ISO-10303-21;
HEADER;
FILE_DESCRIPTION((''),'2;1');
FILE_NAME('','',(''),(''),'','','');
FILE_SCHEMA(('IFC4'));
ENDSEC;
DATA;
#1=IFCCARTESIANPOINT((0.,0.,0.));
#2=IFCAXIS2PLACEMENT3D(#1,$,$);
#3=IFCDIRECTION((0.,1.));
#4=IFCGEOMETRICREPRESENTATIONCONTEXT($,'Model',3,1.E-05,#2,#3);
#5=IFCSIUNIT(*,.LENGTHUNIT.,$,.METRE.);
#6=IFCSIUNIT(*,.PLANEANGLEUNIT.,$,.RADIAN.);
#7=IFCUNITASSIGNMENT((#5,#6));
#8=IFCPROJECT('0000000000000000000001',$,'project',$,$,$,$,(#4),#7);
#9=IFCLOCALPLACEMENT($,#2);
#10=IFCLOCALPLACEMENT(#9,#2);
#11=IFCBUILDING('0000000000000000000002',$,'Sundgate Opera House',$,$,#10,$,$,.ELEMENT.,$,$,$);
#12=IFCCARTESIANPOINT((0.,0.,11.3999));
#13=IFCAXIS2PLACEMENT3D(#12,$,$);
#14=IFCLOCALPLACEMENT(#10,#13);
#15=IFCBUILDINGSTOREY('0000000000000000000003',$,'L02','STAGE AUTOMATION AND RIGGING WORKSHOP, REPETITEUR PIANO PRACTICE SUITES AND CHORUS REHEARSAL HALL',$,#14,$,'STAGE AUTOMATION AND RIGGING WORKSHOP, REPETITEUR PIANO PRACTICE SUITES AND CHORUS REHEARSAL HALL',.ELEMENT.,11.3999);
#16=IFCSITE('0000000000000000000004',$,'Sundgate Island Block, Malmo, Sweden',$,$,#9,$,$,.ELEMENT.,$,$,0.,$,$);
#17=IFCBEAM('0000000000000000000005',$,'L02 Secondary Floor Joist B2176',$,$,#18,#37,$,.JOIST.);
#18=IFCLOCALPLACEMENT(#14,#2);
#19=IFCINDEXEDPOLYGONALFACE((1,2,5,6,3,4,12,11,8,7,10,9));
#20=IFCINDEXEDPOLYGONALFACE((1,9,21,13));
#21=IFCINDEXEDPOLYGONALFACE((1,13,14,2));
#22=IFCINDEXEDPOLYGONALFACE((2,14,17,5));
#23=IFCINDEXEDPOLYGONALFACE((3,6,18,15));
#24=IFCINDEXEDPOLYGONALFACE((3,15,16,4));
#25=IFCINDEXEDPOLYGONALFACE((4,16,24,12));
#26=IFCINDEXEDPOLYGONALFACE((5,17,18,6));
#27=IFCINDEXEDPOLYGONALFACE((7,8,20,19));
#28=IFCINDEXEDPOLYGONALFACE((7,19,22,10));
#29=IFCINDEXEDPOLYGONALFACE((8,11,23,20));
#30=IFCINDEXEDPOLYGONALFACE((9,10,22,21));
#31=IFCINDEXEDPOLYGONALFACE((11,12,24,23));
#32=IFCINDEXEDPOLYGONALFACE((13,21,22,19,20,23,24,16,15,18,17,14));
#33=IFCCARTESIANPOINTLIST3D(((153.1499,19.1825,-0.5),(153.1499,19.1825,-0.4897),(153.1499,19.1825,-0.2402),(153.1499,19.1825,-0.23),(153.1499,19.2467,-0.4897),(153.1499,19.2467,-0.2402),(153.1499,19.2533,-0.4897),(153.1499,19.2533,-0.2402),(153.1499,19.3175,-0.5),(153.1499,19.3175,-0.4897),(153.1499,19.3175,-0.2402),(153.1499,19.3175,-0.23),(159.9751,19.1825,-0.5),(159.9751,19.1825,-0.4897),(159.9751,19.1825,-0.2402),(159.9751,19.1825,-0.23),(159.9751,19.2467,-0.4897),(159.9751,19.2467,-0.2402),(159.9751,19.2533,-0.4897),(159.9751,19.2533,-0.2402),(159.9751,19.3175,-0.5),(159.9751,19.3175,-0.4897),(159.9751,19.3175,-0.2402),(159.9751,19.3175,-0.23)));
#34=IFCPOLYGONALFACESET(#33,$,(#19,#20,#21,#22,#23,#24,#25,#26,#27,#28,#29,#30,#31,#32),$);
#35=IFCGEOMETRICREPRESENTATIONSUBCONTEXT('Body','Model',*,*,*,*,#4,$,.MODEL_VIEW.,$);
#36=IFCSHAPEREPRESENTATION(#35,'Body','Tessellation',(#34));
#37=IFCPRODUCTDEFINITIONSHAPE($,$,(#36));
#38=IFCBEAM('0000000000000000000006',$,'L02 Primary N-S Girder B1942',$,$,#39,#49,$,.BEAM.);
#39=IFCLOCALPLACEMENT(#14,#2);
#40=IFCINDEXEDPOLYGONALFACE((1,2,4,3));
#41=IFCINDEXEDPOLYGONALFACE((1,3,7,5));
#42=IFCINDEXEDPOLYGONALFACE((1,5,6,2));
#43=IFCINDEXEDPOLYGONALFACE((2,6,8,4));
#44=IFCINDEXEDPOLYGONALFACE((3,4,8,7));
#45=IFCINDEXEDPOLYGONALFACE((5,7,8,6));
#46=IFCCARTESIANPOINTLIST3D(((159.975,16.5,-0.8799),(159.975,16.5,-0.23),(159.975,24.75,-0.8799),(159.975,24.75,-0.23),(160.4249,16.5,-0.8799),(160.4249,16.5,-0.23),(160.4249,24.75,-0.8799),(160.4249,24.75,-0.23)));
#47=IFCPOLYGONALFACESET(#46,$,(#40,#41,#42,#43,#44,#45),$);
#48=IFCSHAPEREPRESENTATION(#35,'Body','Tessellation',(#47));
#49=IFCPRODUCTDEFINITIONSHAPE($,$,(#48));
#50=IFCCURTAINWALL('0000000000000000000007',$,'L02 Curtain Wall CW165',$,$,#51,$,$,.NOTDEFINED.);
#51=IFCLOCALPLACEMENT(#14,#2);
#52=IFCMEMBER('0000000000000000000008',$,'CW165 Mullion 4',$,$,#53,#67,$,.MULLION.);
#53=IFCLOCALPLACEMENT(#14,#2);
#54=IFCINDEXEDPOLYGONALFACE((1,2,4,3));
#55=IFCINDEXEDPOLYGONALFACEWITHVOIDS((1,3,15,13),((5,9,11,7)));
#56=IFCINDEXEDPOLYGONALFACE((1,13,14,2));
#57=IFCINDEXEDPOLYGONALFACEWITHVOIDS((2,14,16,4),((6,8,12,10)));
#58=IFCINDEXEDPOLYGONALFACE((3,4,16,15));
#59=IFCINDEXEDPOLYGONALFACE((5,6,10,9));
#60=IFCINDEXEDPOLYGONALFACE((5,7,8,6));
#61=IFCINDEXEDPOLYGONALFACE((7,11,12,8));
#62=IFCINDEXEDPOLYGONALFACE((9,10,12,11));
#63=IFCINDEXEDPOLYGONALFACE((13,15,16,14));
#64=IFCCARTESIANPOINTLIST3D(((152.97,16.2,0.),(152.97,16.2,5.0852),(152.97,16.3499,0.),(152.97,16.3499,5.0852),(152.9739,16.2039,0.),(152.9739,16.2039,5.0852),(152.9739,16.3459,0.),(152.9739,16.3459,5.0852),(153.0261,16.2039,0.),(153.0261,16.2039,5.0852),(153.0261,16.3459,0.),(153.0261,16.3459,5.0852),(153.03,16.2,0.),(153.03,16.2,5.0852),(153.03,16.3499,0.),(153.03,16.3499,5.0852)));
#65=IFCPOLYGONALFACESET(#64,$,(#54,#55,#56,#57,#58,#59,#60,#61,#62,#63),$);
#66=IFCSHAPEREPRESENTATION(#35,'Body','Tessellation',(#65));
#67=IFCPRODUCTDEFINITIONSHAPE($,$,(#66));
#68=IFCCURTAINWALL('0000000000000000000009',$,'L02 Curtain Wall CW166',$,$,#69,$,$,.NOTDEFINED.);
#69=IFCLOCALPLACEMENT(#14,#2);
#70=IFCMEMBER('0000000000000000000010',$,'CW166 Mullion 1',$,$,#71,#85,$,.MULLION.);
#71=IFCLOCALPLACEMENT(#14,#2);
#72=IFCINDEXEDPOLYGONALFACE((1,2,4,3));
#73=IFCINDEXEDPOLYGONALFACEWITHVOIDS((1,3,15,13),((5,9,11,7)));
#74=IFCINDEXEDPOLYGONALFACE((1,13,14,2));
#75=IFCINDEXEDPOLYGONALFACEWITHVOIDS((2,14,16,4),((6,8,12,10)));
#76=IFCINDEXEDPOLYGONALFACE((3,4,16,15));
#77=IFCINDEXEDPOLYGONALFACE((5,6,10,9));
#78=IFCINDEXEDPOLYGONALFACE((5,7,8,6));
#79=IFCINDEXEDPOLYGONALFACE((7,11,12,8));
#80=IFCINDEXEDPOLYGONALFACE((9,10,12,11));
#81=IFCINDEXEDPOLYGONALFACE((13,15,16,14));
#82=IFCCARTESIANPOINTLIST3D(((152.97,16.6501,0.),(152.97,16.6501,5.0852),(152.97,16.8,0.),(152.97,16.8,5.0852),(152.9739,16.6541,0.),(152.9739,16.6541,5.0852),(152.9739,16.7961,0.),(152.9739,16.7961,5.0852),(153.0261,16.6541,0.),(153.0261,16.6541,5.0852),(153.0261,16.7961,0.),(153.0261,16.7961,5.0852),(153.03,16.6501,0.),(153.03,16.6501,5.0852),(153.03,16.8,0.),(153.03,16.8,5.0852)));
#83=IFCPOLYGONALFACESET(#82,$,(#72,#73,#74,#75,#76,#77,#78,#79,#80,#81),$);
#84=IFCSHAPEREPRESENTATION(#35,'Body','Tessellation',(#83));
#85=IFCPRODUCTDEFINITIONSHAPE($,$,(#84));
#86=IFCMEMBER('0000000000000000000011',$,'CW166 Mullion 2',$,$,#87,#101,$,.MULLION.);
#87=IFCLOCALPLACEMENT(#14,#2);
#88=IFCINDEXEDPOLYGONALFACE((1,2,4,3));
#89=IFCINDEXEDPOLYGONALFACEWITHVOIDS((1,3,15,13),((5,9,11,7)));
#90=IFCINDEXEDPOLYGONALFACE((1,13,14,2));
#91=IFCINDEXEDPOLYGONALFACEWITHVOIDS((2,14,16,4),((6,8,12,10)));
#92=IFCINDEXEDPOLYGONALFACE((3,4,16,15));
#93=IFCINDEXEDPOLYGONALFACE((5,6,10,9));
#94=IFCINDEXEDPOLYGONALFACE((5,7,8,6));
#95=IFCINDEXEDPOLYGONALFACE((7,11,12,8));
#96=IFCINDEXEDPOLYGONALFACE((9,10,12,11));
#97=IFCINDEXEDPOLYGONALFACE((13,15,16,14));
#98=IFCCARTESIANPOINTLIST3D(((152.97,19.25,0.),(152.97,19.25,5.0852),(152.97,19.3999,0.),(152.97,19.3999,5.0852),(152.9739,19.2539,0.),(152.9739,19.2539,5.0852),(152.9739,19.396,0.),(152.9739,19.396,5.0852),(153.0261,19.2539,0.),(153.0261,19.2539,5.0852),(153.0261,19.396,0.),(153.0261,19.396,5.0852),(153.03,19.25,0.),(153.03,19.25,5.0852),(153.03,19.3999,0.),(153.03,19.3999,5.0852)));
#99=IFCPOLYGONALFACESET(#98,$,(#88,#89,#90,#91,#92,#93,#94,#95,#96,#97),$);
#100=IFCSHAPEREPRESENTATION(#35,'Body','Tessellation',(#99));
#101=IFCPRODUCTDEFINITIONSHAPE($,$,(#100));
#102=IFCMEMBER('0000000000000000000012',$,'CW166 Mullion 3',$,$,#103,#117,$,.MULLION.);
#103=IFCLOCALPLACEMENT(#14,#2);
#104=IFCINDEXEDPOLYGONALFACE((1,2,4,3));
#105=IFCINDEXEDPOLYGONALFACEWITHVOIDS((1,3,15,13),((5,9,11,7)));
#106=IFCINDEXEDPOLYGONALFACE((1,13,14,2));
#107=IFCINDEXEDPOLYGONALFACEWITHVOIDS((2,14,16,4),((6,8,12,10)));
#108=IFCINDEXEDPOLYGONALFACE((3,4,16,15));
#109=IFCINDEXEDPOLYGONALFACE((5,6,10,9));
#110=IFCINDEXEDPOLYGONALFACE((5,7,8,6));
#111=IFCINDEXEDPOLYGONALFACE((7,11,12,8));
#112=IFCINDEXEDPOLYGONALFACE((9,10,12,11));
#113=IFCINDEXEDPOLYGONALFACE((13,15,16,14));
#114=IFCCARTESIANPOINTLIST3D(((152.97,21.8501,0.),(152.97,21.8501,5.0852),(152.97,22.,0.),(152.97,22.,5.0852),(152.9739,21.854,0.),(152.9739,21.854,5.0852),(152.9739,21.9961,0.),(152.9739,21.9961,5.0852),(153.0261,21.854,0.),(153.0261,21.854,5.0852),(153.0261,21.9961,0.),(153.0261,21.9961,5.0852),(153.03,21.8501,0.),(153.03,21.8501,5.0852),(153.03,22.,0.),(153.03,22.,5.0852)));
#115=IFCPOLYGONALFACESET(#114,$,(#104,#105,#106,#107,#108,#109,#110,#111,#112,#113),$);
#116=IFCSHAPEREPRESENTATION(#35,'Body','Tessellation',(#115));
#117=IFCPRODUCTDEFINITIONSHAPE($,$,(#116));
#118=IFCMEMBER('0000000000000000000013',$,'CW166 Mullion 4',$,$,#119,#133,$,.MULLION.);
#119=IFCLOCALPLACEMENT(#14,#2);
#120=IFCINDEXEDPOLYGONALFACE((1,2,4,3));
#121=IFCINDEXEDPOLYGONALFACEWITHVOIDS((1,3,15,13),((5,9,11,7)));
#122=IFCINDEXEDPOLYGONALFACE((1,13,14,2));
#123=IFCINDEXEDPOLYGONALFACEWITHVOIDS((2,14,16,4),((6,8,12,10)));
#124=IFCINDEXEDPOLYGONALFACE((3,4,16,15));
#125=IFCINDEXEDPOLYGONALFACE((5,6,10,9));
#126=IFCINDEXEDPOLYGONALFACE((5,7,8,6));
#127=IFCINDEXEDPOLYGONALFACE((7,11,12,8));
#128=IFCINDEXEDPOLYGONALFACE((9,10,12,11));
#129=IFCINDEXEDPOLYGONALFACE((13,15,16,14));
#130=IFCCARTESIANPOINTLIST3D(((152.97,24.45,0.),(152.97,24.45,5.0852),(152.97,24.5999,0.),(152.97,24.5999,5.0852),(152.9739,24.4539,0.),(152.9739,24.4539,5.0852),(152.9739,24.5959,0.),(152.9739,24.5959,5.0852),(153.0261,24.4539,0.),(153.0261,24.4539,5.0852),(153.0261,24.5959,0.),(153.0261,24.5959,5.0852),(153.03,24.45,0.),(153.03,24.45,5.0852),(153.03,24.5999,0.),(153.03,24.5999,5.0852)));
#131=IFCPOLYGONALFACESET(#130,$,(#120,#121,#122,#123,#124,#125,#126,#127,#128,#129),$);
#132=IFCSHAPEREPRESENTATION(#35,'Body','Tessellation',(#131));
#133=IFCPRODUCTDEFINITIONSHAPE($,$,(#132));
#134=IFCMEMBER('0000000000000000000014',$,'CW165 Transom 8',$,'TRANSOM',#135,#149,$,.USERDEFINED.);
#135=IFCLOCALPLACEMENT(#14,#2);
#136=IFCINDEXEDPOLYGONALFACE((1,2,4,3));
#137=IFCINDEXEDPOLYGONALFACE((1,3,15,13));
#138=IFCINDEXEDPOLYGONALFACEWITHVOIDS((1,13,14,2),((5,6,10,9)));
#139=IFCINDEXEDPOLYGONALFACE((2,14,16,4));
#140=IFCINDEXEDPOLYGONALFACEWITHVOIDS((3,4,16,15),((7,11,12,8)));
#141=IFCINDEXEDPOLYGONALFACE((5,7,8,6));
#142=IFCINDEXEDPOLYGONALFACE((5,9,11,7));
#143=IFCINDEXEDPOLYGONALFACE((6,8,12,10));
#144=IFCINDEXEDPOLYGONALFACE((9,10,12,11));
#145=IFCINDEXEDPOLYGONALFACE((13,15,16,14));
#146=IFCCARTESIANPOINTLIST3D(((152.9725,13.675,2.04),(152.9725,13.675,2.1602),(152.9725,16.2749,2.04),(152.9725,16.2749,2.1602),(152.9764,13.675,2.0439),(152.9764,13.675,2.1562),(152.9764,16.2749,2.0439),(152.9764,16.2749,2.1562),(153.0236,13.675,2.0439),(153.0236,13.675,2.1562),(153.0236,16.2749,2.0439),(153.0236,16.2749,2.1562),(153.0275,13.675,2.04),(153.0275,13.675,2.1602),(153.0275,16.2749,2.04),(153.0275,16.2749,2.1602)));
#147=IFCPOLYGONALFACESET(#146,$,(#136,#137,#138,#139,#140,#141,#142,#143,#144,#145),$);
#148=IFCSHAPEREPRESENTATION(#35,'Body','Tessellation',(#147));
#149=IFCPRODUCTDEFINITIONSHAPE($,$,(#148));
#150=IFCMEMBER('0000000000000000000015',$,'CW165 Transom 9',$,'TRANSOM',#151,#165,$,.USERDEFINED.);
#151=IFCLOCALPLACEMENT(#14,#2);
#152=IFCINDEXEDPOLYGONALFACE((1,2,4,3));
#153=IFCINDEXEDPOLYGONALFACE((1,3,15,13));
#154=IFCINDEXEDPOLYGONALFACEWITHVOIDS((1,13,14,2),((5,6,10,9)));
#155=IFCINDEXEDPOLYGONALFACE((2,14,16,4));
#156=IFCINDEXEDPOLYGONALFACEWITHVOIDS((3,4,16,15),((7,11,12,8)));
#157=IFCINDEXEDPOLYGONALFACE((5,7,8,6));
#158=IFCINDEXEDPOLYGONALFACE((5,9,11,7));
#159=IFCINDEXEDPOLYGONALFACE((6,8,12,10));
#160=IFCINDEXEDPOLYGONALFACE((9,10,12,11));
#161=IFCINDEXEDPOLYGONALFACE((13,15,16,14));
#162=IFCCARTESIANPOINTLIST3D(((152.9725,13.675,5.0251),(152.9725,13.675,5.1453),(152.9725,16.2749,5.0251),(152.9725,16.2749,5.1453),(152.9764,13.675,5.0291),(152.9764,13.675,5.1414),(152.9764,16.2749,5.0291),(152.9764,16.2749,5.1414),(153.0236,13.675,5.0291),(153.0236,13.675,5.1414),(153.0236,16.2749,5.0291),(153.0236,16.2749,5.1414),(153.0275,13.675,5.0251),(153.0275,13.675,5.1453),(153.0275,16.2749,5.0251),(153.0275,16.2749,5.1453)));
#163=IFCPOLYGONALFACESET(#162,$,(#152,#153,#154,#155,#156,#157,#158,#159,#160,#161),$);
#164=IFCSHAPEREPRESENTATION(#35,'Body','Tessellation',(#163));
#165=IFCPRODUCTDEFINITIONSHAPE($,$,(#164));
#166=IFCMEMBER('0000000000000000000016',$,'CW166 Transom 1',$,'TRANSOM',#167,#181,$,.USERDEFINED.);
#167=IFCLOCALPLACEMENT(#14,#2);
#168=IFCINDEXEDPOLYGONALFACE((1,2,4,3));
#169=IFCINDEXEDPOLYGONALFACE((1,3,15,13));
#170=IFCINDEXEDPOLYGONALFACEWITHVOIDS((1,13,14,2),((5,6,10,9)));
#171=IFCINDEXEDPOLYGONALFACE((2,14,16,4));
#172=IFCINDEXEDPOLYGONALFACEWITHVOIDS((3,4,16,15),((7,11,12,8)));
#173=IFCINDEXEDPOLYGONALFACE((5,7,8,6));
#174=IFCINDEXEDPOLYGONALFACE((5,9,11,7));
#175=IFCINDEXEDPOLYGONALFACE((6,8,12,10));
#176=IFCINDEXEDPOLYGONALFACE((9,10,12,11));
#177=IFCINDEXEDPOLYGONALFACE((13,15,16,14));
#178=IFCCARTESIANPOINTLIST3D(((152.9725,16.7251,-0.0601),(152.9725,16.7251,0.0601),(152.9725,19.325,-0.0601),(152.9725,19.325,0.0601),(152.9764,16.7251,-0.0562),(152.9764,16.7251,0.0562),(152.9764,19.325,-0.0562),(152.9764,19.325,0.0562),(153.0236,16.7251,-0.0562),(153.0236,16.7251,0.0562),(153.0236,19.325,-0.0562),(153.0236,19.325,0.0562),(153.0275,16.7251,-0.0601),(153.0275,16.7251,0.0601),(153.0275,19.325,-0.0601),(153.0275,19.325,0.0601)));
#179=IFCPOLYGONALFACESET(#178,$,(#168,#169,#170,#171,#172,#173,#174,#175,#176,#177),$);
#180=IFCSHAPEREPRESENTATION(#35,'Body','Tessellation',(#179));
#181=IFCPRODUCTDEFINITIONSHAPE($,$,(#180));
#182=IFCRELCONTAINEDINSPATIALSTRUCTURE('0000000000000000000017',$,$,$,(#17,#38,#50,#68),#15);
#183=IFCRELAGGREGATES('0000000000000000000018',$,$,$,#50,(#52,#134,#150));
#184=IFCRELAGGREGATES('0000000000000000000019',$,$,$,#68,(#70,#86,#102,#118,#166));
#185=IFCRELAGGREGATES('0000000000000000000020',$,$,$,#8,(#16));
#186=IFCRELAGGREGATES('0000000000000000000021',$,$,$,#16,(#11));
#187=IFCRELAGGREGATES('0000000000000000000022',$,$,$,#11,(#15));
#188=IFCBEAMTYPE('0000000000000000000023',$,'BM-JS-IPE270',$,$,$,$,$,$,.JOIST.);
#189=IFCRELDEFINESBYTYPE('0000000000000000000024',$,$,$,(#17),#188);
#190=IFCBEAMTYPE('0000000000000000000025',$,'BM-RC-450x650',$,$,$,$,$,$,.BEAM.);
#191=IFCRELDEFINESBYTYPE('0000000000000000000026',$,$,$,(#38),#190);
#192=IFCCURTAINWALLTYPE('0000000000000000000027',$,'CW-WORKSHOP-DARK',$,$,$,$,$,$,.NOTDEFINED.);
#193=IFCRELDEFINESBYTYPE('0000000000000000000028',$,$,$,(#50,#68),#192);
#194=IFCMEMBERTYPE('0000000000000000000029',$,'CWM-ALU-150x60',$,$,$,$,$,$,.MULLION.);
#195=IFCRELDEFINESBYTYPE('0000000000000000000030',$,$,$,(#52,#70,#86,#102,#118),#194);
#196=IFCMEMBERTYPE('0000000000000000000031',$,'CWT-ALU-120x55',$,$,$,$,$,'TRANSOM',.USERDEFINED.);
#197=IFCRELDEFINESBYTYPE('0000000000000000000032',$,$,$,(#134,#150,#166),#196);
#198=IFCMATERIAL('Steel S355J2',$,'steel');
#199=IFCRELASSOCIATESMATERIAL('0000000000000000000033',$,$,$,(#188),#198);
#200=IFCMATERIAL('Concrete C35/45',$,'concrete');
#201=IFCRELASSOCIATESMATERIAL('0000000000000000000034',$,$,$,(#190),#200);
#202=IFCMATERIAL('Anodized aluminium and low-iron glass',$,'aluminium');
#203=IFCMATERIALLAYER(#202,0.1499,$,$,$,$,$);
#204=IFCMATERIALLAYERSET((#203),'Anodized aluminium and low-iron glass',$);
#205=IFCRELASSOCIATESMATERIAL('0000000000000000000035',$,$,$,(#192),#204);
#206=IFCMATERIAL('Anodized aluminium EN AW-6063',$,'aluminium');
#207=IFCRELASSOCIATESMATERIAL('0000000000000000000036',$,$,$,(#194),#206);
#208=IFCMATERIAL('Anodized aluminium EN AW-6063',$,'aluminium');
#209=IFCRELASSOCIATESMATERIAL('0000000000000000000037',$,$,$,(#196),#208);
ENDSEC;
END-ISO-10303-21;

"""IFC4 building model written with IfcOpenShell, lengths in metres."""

from ifc_helpers import new_model, si_unit, direction, frame, origin, origin_2d, place, context, subcontext, project, spatial, rectangle, hollow_rectangle, i_section, extrude, material, layer, layer_set, material_profile, profile_set, type_object, element, aggregate, save


model = new_model("IFC4")

# Units and contexts
model_context = context("Model", 3, precision=1e-05, world=origin(), true_north=direction((0.0, 1.0)))
body_context = subcontext(model_context, "Body", "Model", "MODEL_VIEW")
ifc_project = project(units=[si_unit("LENGTHUNIT", "METRE"), si_unit("PLANEANGLEUNIT", "RADIAN")], contexts=[model_context])

# Site, building, storey
site_placement = place(None, origin())
site = spatial("IfcSite", under=ifc_project, at=site_placement, Name="Sundgate Island Block, Malmo, Sweden", CompositionType="ELEMENT", RefElevation=0.0)
building_placement = place(site_placement, origin())
building = spatial("IfcBuilding", under=site, at=building_placement, Name="Sundgate Opera House", CompositionType="ELEMENT")
storey_placement = place(building_placement, frame((0.0, 0.0, 11.3999)))
storey = spatial("IfcBuildingStorey", under=building, at=storey_placement, Name="L02", Description="STAGE AUTOMATION AND RIGGING WORKSHOP, REPETITEUR PIANO PRACTICE SUITES AND CHORUS REHEARSAL HALL", LongName="STAGE AUTOMATION AND RIGGING WORKSHOP, REPETITEUR PIANO PRACTICE SUITES AND CHORUS REHEARSAL HALL", CompositionType="ELEMENT", Elevation=11.3999)

# Beams
ifc_material_1 = material(Name="Steel S355J2", Category="steel")
ifc_material_profile_1 = material_profile(ifc_material_1, i_section(OverallWidth=0.135, OverallDepth=0.27, WebThickness=0.0066, FlangeThickness=0.0103, at=origin_2d()), Name="IPE 270")
ifc_profile_set_1 = profile_set([ifc_material_profile_1], Name="Steel S355J2")
beam_type_1 = type_object("IfcBeamType", Name="BM-JS-IPE270", PredefinedType="JOIST", material=ifc_profile_set_1)
beam_1_placement = place(storey_placement, frame((153.1499, 19.25, -0.365), z_axis=(1.0, 0.0, 0.0), x_axis=(0.0, 1.0, 0.0)))
element("IfcBeam", 1, at=beam_1_placement, inside=storey, type_object=beam_type_1, Name="L02 Secondary Floor Joist B2176", PredefinedType="JOIST", context=body_context, shape_type="SweptSolid", body=[
    extrude(i_section(OverallWidth=0.135, OverallDepth=0.27, WebThickness=0.0066, FlangeThickness=0.0103, at=origin_2d()), origin(), (0.0, 0.0, 1.0), 6.8252),
])
ifc_material_2 = material(Name="Concrete C35/45", Category="concrete")
ifc_material_profile_2 = material_profile(ifc_material_2, rectangle(XDim=0.45, YDim=0.6499, at=origin_2d()), Name="RC 450x650")
ifc_profile_set_2 = profile_set([ifc_material_profile_2], Name="Concrete C35/45")
beam_type_2 = type_object("IfcBeamType", Name="BM-RC-450x650", PredefinedType="BEAM", material=ifc_profile_set_2)
beam_2_placement = place(storey_placement, frame((160.2, 16.5, -0.5549), z_axis=(0.0, 1.0, 0.0), x_axis=(-1.0, 0.0, 0.0)))
element("IfcBeam", 2, at=beam_2_placement, inside=storey, type_object=beam_type_2, Name="L02 Primary N-S Girder B1942", PredefinedType="BEAM", context=body_context, shape_type="SweptSolid", body=[
    extrude(rectangle(XDim=0.45, YDim=0.6499, at=origin_2d()), origin(), (0.0, 0.0, 1.0), 8.25),
])

# Curtain wall, member
ifc_material_3 = material(Name="Anodized aluminium and low-iron glass", Category="aluminium")
ifc_layer_1 = layer(ifc_material_3, 0.1499)
ifc_layer_set_1 = layer_set([ifc_layer_1], Name="Anodized aluminium and low-iron glass")
curtain_wall_type = type_object("IfcCurtainWallType", Name="CW-WORKSHOP-DARK", PredefinedType="NOTDEFINED", material=ifc_layer_set_1)
curtain_wall_1_placement = place(storey_placement, origin())
curtain_wall_1 = element("IfcCurtainWall", 3, at=curtain_wall_1_placement, inside=storey, type_object=curtain_wall_type, Name="L02 Curtain Wall CW165", PredefinedType="NOTDEFINED")
ifc_material_4 = material(Name="Anodized aluminium EN AW-6063", Category="aluminium")
ifc_material_profile_3 = material_profile(ifc_material_4, hollow_rectangle(XDim=0.0601, YDim=0.1499, WallThickness=0.0039, at=origin_2d()), Name="CWM 150x60x4")
ifc_profile_set_3 = profile_set([ifc_material_profile_3], Name="Anodized aluminium EN AW-6063")
member_type_1 = type_object("IfcMemberType", Name="CWM-ALU-150x60", PredefinedType="MULLION", material=ifc_profile_set_3)
member_1_placement = place(storey_placement, frame((153.0, 16.2749, 0.0), z_axis=(0.0, 0.0, 1.0), x_axis=(1.0, 0.0, 0.0)))
member_1 = element("IfcMember", 4, at=member_1_placement, type_object=member_type_1, Name="CW165 Mullion 4", PredefinedType="MULLION", context=body_context, shape_type="SweptSolid", body=[
    extrude(hollow_rectangle(XDim=0.0601, YDim=0.1499, WallThickness=0.0039, at=origin_2d()), origin(), (0.0, 0.0, 1.0), 5.0852),
])

# Curtain wall, members
curtain_wall_2_placement = place(storey_placement, origin())
curtain_wall_2 = element("IfcCurtainWall", 5, at=curtain_wall_2_placement, inside=storey, type_object=curtain_wall_type, Name="L02 Curtain Wall CW166", PredefinedType="NOTDEFINED")
member_2_placement = place(storey_placement, frame((153.0, 16.7251, 0.0), z_axis=(0.0, 0.0, 1.0), x_axis=(1.0, 0.0, 0.0)))
member_2 = element("IfcMember", 6, at=member_2_placement, type_object=member_type_1, Name="CW166 Mullion 1", PredefinedType="MULLION", context=body_context, shape_type="SweptSolid", body=[
    extrude(hollow_rectangle(XDim=0.0601, YDim=0.1499, WallThickness=0.0039, at=origin_2d()), origin(), (0.0, 0.0, 1.0), 5.0852),
])
member_3_placement = place(storey_placement, frame((153.0, 19.325, 0.0), z_axis=(0.0, 0.0, 1.0), x_axis=(1.0, 0.0, 0.0)))
member_3 = element("IfcMember", 7, at=member_3_placement, type_object=member_type_1, Name="CW166 Mullion 2", PredefinedType="MULLION", context=body_context, shape_type="SweptSolid", body=[
    extrude(hollow_rectangle(XDim=0.0601, YDim=0.1499, WallThickness=0.0039, at=origin_2d()), origin(), (0.0, 0.0, 1.0), 5.0852),
])
member_4_placement = place(storey_placement, frame((153.0, 21.925, 0.0), z_axis=(0.0, 0.0, 1.0), x_axis=(1.0, 0.0, 0.0)))
member_4 = element("IfcMember", 8, at=member_4_placement, type_object=member_type_1, Name="CW166 Mullion 3", PredefinedType="MULLION", context=body_context, shape_type="SweptSolid", body=[
    extrude(hollow_rectangle(XDim=0.0601, YDim=0.1499, WallThickness=0.0039, at=origin_2d()), origin(), (0.0, 0.0, 1.0), 5.0852),
])
member_5_placement = place(storey_placement, frame((153.0, 24.5249, 0.0), z_axis=(0.0, 0.0, 1.0), x_axis=(1.0, 0.0, 0.0)))
member_5 = element("IfcMember", 9, at=member_5_placement, type_object=member_type_1, Name="CW166 Mullion 4", PredefinedType="MULLION", context=body_context, shape_type="SweptSolid", body=[
    extrude(hollow_rectangle(XDim=0.0601, YDim=0.1499, WallThickness=0.0039, at=origin_2d()), origin(), (0.0, 0.0, 1.0), 5.0852),
])

# Members
ifc_material_5 = material(Name="Anodized aluminium EN AW-6063", Category="aluminium")
ifc_material_profile_4 = material_profile(ifc_material_5, hollow_rectangle(XDim=0.0549, YDim=0.1201, WallThickness=0.0039, at=origin_2d()), Name="CWT 120x55x4")
ifc_profile_set_4 = profile_set([ifc_material_profile_4], Name="Anodized aluminium EN AW-6063")
member_type_2 = type_object("IfcMemberType", Name="CWT-ALU-120x55", ElementType="TRANSOM", PredefinedType="USERDEFINED", material=ifc_profile_set_4)
member_6_placement = place(storey_placement, frame((153.0, 13.675, 2.1001), z_axis=(0.0, 1.0, 0.0), x_axis=(-1.0, 0.0, 0.0)))
member_6 = element("IfcMember", 10, at=member_6_placement, type_object=member_type_2, Name="CW165 Transom 8", ObjectType="TRANSOM", PredefinedType="USERDEFINED", context=body_context, shape_type="SweptSolid", body=[
    extrude(hollow_rectangle(XDim=0.0549, YDim=0.1201, WallThickness=0.0039, at=origin_2d()), origin(), (0.0, 0.0, 1.0), 2.5999),
])
member_7_placement = place(storey_placement, frame((153.0, 13.675, 5.0852), z_axis=(0.0, 1.0, 0.0), x_axis=(-1.0, 0.0, 0.0)))
member_7 = element("IfcMember", 11, at=member_7_placement, type_object=member_type_2, Name="CW165 Transom 9", ObjectType="TRANSOM", PredefinedType="USERDEFINED", context=body_context, shape_type="SweptSolid", body=[
    extrude(hollow_rectangle(XDim=0.0549, YDim=0.1201, WallThickness=0.0039, at=origin_2d()), origin(), (0.0, 0.0, 1.0), 2.5999),
])
member_8_placement = place(storey_placement, frame((153.0, 16.7251, 0.0), z_axis=(0.0, 1.0, 0.0), x_axis=(-1.0, 0.0, 0.0)))
member_8 = element("IfcMember", 12, at=member_8_placement, type_object=member_type_2, Name="CW166 Transom 1", ObjectType="TRANSOM", PredefinedType="USERDEFINED", context=body_context, shape_type="SweptSolid", body=[
    extrude(hollow_rectangle(XDim=0.0549, YDim=0.1201, WallThickness=0.0039, at=origin_2d()), origin(), (0.0, 0.0, 1.0), 2.5999),
])

aggregate(curtain_wall_1, [member_1, member_6, member_7])
aggregate(curtain_wall_2, [member_2, member_3, member_4, member_5, member_8])

save(model, "model.ifc")
